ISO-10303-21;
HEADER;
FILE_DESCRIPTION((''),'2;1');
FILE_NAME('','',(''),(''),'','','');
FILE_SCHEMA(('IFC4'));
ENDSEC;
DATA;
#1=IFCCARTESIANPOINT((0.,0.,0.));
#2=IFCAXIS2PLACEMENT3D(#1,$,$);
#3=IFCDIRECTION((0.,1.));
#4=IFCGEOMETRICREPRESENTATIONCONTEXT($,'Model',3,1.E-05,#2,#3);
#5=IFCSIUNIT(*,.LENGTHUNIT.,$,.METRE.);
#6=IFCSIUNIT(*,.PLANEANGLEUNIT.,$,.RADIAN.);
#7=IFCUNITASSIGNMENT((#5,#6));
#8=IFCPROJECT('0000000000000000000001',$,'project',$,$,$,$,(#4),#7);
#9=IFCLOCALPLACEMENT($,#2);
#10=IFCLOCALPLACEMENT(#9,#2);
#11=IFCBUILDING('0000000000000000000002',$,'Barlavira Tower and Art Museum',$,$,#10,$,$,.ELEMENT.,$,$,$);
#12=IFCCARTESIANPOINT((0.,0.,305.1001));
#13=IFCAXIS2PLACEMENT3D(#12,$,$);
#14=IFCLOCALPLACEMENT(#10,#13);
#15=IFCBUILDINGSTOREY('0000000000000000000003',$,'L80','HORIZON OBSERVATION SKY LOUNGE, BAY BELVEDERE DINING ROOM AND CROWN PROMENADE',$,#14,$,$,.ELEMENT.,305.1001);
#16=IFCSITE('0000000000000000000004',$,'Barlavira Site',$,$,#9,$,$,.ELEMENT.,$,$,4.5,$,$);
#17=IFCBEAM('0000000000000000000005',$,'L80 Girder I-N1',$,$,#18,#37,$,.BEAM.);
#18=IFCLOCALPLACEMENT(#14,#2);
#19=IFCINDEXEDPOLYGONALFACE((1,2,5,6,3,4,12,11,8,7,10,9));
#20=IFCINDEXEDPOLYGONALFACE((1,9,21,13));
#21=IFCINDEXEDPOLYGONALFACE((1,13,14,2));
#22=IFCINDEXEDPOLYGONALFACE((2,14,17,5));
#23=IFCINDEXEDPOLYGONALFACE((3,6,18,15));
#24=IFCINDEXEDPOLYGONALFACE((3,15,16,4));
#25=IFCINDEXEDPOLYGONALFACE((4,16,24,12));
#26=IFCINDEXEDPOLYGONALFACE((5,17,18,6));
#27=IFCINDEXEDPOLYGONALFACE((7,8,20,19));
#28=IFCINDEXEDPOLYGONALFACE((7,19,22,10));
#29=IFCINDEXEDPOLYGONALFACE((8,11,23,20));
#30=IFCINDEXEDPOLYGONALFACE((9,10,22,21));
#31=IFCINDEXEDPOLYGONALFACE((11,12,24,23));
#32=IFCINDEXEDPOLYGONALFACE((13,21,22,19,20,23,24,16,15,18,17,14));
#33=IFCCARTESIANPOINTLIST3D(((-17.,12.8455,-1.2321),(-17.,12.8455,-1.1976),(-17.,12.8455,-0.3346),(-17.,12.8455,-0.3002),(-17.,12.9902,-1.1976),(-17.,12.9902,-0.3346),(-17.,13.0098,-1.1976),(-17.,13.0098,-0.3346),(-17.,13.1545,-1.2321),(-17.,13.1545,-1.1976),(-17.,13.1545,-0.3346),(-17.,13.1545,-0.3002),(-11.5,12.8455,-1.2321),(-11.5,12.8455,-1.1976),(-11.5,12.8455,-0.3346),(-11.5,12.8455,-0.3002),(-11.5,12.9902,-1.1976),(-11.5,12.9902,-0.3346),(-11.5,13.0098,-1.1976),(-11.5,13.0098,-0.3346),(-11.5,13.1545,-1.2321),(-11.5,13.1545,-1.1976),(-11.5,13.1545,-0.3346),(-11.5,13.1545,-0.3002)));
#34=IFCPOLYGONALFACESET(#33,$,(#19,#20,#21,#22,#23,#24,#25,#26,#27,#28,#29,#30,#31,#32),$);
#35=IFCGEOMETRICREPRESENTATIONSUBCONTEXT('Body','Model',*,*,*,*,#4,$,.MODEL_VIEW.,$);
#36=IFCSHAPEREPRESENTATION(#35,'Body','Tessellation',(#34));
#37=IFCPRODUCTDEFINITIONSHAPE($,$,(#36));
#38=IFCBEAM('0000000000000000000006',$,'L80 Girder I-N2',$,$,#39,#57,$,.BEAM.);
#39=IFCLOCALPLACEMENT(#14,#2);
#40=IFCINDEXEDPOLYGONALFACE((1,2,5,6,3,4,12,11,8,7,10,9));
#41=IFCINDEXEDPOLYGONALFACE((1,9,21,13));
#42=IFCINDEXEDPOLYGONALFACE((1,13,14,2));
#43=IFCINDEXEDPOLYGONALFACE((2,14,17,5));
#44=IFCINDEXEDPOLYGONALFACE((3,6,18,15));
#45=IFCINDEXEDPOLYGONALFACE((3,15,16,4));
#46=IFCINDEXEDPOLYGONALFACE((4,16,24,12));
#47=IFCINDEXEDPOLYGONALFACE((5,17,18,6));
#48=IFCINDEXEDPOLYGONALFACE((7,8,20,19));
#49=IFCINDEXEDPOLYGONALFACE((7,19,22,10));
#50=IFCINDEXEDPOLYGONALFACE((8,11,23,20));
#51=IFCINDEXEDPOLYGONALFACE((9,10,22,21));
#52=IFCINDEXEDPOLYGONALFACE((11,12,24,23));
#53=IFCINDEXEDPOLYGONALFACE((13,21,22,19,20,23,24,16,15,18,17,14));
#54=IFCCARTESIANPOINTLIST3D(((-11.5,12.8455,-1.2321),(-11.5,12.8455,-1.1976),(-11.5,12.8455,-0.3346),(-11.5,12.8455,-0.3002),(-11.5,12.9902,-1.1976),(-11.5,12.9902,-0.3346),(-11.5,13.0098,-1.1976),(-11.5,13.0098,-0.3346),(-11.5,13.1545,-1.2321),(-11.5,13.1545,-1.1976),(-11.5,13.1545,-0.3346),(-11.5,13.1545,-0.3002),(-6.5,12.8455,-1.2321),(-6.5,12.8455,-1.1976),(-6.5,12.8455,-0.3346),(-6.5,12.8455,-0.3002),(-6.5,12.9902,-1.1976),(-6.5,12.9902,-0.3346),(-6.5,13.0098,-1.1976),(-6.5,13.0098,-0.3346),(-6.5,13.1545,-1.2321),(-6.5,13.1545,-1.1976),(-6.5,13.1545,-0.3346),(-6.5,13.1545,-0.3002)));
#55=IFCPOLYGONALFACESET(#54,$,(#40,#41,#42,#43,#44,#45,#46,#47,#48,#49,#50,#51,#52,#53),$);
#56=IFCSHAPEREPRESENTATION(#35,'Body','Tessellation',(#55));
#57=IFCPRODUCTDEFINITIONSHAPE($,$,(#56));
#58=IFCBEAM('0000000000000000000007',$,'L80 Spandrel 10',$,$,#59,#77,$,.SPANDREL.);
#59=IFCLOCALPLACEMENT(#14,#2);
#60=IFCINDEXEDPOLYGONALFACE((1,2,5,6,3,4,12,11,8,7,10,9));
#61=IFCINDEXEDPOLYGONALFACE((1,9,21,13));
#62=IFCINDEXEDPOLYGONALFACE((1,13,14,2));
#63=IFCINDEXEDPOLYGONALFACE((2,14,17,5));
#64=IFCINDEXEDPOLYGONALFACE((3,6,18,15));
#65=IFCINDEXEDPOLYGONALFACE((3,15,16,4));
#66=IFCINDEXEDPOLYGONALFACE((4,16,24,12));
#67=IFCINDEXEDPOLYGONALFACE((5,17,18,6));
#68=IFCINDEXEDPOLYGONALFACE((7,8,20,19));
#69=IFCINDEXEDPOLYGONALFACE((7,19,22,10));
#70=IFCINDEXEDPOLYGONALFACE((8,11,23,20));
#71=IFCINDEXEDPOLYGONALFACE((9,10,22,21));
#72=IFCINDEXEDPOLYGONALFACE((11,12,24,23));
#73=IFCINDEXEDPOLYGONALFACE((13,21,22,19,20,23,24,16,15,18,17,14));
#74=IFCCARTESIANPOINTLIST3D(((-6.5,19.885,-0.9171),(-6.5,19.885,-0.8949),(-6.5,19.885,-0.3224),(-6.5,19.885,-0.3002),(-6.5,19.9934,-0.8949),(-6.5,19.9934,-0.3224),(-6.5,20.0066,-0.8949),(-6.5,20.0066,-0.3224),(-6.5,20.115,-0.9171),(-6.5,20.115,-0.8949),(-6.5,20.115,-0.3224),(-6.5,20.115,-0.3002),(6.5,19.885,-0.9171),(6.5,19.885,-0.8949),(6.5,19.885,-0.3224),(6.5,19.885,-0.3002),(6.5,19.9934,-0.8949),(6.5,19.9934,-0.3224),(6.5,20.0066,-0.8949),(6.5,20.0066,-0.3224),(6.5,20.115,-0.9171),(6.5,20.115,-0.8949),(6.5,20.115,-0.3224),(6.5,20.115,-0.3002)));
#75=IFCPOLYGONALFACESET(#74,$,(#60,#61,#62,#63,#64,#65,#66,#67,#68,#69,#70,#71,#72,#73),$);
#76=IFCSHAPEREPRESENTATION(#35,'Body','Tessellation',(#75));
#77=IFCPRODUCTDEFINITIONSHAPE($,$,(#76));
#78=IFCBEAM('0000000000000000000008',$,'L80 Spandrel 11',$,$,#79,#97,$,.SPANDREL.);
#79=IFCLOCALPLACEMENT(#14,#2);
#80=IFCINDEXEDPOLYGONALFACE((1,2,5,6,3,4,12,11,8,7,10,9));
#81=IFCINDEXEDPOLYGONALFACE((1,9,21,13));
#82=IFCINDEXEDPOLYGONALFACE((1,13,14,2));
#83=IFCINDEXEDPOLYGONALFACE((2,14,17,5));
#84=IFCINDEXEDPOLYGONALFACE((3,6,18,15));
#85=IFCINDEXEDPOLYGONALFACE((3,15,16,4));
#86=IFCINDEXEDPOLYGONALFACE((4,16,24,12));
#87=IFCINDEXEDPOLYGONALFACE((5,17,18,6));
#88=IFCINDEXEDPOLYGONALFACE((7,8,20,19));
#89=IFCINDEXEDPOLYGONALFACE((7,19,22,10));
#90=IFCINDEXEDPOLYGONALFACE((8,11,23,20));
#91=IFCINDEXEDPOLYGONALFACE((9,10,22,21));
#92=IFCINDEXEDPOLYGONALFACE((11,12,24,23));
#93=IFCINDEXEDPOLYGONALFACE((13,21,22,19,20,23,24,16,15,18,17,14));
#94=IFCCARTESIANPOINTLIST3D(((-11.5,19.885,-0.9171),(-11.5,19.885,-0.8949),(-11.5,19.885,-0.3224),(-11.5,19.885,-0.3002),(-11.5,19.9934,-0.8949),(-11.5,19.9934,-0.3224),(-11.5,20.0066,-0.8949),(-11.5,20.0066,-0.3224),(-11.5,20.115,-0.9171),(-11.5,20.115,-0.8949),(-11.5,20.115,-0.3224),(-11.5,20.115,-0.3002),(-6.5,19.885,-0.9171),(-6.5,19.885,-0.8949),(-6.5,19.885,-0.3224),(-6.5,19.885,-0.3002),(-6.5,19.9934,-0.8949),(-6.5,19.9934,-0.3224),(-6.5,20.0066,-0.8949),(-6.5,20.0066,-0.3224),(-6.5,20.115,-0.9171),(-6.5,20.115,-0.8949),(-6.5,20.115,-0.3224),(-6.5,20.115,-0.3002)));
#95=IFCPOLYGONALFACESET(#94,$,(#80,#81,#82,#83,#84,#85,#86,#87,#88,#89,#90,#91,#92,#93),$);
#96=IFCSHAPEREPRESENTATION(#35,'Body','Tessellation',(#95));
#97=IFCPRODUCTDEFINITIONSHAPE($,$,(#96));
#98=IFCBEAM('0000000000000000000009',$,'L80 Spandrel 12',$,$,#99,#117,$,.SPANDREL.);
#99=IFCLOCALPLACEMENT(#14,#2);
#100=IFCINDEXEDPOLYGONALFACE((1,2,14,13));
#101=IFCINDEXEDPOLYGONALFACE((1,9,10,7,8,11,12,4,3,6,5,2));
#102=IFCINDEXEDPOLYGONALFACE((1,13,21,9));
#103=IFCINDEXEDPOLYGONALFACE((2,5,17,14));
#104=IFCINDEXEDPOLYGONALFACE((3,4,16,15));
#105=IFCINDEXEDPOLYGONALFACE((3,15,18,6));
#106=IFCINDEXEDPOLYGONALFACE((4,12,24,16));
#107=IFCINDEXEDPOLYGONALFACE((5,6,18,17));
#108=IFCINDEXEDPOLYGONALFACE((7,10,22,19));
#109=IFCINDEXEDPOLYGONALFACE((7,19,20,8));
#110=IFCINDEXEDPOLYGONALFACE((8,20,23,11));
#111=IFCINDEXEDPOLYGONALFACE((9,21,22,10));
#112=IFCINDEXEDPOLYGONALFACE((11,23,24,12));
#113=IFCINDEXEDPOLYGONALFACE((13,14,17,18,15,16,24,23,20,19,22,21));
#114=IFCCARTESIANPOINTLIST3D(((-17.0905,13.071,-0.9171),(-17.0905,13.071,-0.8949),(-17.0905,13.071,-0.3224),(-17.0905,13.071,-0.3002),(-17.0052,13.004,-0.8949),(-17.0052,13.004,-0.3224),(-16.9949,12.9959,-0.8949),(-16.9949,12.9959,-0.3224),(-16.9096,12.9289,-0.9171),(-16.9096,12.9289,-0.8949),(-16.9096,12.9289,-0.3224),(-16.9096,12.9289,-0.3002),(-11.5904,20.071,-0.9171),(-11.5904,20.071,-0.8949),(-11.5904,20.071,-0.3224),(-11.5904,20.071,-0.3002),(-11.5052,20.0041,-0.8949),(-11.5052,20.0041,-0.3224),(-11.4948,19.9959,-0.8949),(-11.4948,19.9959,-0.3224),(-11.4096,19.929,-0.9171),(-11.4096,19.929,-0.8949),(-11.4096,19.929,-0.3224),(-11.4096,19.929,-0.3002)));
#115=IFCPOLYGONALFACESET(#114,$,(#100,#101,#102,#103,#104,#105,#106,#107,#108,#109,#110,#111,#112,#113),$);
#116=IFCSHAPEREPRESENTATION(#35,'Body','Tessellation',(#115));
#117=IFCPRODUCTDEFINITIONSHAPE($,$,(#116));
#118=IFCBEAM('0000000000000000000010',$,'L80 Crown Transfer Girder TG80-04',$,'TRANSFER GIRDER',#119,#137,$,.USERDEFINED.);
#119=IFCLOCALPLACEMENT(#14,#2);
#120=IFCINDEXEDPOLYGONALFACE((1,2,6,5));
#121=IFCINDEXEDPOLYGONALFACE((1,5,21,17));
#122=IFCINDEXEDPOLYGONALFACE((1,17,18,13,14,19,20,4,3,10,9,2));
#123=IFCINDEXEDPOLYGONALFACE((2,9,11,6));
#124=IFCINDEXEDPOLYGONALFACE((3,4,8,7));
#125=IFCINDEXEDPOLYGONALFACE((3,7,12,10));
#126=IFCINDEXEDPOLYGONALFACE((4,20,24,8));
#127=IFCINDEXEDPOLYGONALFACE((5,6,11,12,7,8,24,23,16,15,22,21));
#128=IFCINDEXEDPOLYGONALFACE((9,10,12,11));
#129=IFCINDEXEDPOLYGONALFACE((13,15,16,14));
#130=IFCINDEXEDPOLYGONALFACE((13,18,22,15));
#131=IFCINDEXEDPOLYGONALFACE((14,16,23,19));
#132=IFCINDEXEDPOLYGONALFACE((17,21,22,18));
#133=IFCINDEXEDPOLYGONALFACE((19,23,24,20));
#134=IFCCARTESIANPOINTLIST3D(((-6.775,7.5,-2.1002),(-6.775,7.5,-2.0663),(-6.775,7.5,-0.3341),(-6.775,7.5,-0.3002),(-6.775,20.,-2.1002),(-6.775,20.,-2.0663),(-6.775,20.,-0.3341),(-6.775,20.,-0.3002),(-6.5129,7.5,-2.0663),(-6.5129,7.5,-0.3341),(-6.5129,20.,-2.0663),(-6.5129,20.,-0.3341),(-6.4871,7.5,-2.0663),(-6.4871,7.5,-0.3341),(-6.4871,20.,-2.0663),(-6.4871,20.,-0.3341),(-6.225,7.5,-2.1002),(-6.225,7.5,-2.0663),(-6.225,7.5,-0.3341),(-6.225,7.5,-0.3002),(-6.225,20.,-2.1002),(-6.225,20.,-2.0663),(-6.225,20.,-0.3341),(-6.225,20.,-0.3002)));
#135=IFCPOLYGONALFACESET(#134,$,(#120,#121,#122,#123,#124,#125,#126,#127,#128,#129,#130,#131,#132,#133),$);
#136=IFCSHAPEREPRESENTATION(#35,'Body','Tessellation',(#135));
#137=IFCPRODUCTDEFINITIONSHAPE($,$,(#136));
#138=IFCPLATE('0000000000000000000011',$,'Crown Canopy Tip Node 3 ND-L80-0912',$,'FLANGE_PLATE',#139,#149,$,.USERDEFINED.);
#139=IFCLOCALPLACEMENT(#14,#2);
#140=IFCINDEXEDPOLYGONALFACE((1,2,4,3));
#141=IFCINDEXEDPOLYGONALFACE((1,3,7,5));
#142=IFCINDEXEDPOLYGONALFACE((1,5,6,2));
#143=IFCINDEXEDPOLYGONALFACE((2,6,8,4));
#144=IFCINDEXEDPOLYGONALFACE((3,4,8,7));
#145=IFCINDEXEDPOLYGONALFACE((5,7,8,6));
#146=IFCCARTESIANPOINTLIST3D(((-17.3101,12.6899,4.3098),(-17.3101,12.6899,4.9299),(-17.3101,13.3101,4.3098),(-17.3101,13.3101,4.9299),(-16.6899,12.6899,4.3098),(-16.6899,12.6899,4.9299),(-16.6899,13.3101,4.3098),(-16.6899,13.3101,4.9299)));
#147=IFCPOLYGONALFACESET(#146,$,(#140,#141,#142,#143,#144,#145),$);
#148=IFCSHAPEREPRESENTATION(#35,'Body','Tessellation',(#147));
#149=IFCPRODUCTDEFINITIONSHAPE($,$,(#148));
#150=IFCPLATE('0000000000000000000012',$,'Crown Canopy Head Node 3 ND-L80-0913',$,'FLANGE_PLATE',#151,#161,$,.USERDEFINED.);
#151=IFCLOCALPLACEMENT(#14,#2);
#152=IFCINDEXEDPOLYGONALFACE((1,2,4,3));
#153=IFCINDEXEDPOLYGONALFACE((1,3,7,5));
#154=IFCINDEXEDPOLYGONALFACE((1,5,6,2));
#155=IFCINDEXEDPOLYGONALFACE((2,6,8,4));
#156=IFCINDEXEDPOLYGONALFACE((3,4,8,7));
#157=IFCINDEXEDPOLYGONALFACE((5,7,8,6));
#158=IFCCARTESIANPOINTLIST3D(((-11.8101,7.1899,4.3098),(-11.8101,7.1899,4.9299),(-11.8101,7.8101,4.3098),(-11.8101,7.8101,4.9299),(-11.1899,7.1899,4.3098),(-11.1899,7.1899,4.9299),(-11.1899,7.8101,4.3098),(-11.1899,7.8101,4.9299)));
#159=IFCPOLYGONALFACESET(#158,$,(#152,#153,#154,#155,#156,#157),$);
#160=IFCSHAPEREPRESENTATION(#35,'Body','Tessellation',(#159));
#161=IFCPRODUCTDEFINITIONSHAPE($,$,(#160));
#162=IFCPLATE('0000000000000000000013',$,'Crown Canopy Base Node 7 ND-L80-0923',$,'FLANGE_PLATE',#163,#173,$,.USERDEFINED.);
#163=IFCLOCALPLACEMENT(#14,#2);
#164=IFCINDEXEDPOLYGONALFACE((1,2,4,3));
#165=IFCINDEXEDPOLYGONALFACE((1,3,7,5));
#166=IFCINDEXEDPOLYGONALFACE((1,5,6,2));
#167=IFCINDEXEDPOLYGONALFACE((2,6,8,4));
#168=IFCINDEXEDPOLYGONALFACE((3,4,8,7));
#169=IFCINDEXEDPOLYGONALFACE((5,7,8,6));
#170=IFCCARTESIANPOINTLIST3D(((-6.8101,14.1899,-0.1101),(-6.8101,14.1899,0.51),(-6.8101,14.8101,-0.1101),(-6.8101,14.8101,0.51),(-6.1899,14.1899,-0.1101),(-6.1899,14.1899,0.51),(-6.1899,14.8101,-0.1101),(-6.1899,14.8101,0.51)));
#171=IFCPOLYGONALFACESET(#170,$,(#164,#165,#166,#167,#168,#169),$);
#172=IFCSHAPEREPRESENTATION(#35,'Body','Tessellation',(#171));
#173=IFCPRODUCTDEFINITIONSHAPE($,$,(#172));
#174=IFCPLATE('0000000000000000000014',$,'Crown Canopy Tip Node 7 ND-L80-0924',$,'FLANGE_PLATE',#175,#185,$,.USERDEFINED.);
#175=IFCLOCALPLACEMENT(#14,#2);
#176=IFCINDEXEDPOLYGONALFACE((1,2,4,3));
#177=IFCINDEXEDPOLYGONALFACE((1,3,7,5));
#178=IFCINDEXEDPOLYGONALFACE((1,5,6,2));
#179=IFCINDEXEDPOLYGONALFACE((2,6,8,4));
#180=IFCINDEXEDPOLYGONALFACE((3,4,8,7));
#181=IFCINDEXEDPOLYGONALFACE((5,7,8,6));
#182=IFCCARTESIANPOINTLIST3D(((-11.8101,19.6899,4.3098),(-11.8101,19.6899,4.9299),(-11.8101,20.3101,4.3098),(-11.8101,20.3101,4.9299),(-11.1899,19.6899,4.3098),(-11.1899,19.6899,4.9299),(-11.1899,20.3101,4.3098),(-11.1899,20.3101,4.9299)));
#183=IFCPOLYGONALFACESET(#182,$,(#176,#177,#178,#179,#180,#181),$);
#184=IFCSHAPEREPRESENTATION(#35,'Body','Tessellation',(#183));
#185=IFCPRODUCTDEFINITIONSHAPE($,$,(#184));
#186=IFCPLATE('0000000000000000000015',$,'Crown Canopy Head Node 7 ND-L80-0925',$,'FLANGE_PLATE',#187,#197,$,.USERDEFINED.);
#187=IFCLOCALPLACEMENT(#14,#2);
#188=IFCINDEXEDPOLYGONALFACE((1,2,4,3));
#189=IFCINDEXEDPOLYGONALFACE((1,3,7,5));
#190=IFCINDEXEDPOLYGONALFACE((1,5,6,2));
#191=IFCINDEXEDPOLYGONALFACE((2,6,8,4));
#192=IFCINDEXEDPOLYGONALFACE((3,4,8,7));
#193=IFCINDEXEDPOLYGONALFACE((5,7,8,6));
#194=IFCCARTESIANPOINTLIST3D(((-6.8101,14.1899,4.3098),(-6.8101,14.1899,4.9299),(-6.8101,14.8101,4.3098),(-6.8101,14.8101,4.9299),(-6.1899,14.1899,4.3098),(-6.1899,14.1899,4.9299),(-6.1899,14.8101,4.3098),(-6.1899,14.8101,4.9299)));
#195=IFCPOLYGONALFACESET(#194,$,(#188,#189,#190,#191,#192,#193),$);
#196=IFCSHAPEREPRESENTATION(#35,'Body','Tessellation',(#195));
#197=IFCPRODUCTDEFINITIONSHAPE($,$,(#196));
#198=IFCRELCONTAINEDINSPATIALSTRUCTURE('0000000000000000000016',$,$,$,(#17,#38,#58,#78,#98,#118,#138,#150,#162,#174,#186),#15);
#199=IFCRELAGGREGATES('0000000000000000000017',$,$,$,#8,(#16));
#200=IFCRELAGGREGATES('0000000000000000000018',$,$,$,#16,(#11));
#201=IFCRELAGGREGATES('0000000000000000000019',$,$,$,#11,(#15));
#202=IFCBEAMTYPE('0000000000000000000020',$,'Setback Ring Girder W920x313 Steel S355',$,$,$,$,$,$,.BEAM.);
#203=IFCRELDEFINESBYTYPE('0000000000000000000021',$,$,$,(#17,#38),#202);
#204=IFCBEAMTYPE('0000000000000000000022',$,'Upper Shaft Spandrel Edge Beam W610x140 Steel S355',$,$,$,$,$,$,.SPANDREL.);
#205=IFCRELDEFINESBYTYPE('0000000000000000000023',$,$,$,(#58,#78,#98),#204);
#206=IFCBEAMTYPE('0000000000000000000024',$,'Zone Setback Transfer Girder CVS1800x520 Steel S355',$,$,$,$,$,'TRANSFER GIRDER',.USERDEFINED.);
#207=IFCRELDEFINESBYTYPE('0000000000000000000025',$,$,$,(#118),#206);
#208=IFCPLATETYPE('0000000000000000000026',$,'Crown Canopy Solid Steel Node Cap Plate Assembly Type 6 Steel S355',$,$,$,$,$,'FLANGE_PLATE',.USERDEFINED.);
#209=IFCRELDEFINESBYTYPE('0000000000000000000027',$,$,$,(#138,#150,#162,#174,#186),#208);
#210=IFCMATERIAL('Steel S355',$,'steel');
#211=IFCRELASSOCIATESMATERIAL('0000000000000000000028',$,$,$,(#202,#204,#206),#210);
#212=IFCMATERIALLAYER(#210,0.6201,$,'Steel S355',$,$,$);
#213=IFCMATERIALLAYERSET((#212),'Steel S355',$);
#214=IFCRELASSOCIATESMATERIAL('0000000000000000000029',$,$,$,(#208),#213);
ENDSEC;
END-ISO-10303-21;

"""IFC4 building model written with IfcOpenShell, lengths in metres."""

from ifc_helpers import new_model, si_unit, direction, frame, origin, origin_2d, place, context, subcontext, project, spatial, rectangle, i_section, extrude, material, layer, layer_set, material_profile, profile_set, type_object, element, save


model = new_model("IFC4")

# Units and contexts
model_context = context("Model", 3, precision=1e-05, world=origin(), true_north=direction((0.0, 1.0)))
body_context = subcontext(model_context, "Body", "Model", "MODEL_VIEW")
ifc_project = project(units=[si_unit("LENGTHUNIT", "METRE"), si_unit("PLANEANGLEUNIT", "RADIAN")], contexts=[model_context])

# Site, building, storey
site_placement = place(None, origin())
site = spatial("IfcSite", under=ifc_project, at=site_placement, Name="Barlavira Site", CompositionType="ELEMENT", RefElevation=4.5)
building_placement = place(site_placement, origin())
building = spatial("IfcBuilding", under=site, at=building_placement, Name="Barlavira Tower and Art Museum", CompositionType="ELEMENT")
storey_placement = place(building_placement, frame((0.0, 0.0, 305.1001)))
storey = spatial("IfcBuildingStorey", under=building, at=storey_placement, Name="L80", Description="HORIZON OBSERVATION SKY LOUNGE, BAY BELVEDERE DINING ROOM AND CROWN PROMENADE", CompositionType="ELEMENT", Elevation=305.1001)

# Shared definitions
ifc_material_1 = material(Name="Steel S355", Category="steel")

# Beams
ifc_material_profile_1 = material_profile(ifc_material_1, i_section(OverallWidth=0.3091, OverallDepth=0.9319, WebThickness=0.0195, FlangeThickness=0.0344, at=origin_2d()), Name="W920x313.0")
ifc_profile_set_1 = profile_set([ifc_material_profile_1], Name="Steel S355")
beam_type_1 = type_object("IfcBeamType", Name="Setback Ring Girder W920x313 Steel S355", PredefinedType="BEAM", material=ifc_profile_set_1)
beam_1_placement = place(storey_placement, frame((-17.0, 13.0, -0.7661), z_axis=(1.0, 0.0, 0.0), x_axis=(0.0, 1.0, 0.0)))
element("IfcBeam", 1, at=beam_1_placement, inside=storey, type_object=beam_type_1, Name="L80 Girder I-N1", PredefinedType="BEAM", context=body_context, shape_type="SweptSolid", body=[
    extrude(i_section(OverallWidth=0.3091, OverallDepth=0.9319, WebThickness=0.0195, FlangeThickness=0.0344, at=origin_2d()), origin(), (0.0, 0.0, 1.0), 5.5),
])
beam_2_placement = place(storey_placement, frame((-11.5, 13.0, -0.7661), z_axis=(1.0, 0.0, 0.0), x_axis=(0.0, 1.0, 0.0)))
element("IfcBeam", 2, at=beam_2_placement, inside=storey, type_object=beam_type_1, Name="L80 Girder I-N2", PredefinedType="BEAM", context=body_context, shape_type="SweptSolid", body=[
    extrude(i_section(OverallWidth=0.3091, OverallDepth=0.9319, WebThickness=0.0195, FlangeThickness=0.0344, at=origin_2d()), origin(), (0.0, 0.0, 1.0), 5.0),
])
ifc_material_profile_2 = material_profile(ifc_material_1, i_section(OverallWidth=0.23, OverallDepth=0.6169, WebThickness=0.0132, FlangeThickness=0.0222, at=origin_2d()), Name="W610x140.0")
ifc_profile_set_2 = profile_set([ifc_material_profile_2], Name="Steel S355")
beam_type_2 = type_object("IfcBeamType", Name="Upper Shaft Spandrel Edge Beam W610x140 Steel S355", PredefinedType="SPANDREL", material=ifc_profile_set_2)
beam_3_placement = place(storey_placement, frame((-6.5, 20.0, -0.6086), z_axis=(1.0, 0.0, 0.0), x_axis=(0.0, 1.0, 0.0)))
element("IfcBeam", 3, at=beam_3_placement, inside=storey, type_object=beam_type_2, Name="L80 Spandrel 10", PredefinedType="SPANDREL", context=body_context, shape_type="SweptSolid", body=[
    extrude(i_section(OverallWidth=0.23, OverallDepth=0.6169, WebThickness=0.0132, FlangeThickness=0.0222, at=origin_2d()), origin(), (0.0, 0.0, 1.0), 13.0),
])
beam_4_placement = place(storey_placement, frame((-11.5, 20.0, -0.6086), z_axis=(1.0, 0.0, 0.0), x_axis=(0.0, 1.0, 0.0)))
element("IfcBeam", 4, at=beam_4_placement, inside=storey, type_object=beam_type_2, Name="L80 Spandrel 11", PredefinedType="SPANDREL", context=body_context, shape_type="SweptSolid", body=[
    extrude(i_section(OverallWidth=0.23, OverallDepth=0.6169, WebThickness=0.0132, FlangeThickness=0.0222, at=origin_2d()), origin(), (0.0, 0.0, 1.0), 5.0),
])
beam_5_placement = place(storey_placement, frame((-11.5, 20.0, -0.6086), z_axis=(-0.617822, -0.786318, 0.0), x_axis=(0.786318, -0.617822, 0.0)))
element("IfcBeam", 5, at=beam_5_placement, inside=storey, type_object=beam_type_2, Name="L80 Spandrel 12", PredefinedType="SPANDREL", context=body_context, shape_type="SweptSolid", body=[
    extrude(i_section(OverallWidth=0.23, OverallDepth=0.6169, WebThickness=0.0132, FlangeThickness=0.0222, at=origin_2d()), origin(), (0.0, 0.0, 1.0), 8.9023),
])
ifc_material_profile_3 = material_profile(ifc_material_1, i_section(OverallWidth=0.55, OverallDepth=1.8, WebThickness=0.0259, FlangeThickness=0.0339, at=origin_2d()), Name="CVS1800x520")
ifc_profile_set_3 = profile_set([ifc_material_profile_3], Name="Steel S355")
beam_type_3 = type_object("IfcBeamType", Name="Zone Setback Transfer Girder CVS1800x520 Steel S355", ElementType="TRANSFER GIRDER", PredefinedType="USERDEFINED", material=ifc_profile_set_3)
beam_6_placement = place(storey_placement, frame((-6.5, 7.5, -1.2002), z_axis=(0.0, 1.0, 0.0), x_axis=(-1.0, 0.0, 0.0)))
element("IfcBeam", 6, at=beam_6_placement, inside=storey, type_object=beam_type_3, Name="L80 Crown Transfer Girder TG80-04", ObjectType="TRANSFER GIRDER", PredefinedType="USERDEFINED", context=body_context, shape_type="SweptSolid", body=[
    extrude(i_section(OverallWidth=0.55, OverallDepth=1.8, WebThickness=0.0259, FlangeThickness=0.0339, at=origin_2d()), origin(), (0.0, 0.0, 1.0), 12.5),
])

# Plates
ifc_layer_1 = layer(ifc_material_1, 0.6201, Name="Steel S355")
ifc_layer_set_1 = layer_set([ifc_layer_1], Name="Steel S355")
plate_type = type_object("IfcPlateType", Name="Crown Canopy Solid Steel Node Cap Plate Assembly Type 6 Steel S355", ElementType="FLANGE_PLATE", PredefinedType="USERDEFINED", material=ifc_layer_set_1)
for number, where, z_axis, x_axis, name in (
    (7, (-17.0, 13.0, 4.3098), (0.0, 0.0, 1.0), (1.0, 0.0, 0.0), "Crown Canopy Tip Node 3 ND-L80-0912"),
    (8, (-11.5, 7.5, 4.3098), (0.0, 0.0, 1.0), (1.0, 0.0, 0.0), "Crown Canopy Head Node 3 ND-L80-0913"),
    (9, (-6.5, 14.5, -0.1101), (0.0, 0.0, 1.0), (1.0, 0.0, 0.0), "Crown Canopy Base Node 7 ND-L80-0923"),
    (10, (-11.5, 20.0, 4.3098), (0.0, 0.0, 1.0), (1.0, 0.0, 0.0), "Crown Canopy Tip Node 7 ND-L80-0924"),
    (11, (-6.5, 14.5, 4.3098), (0.0, 0.0, 1.0), (1.0, 0.0, 0.0), "Crown Canopy Head Node 7 ND-L80-0925"),
):
    element("IfcPlate", number, at=place(storey_placement, frame(where, z_axis=z_axis, x_axis=x_axis)), inside=storey, type_object=plate_type, Name=name, ObjectType="FLANGE_PLATE", PredefinedType="USERDEFINED", context=body_context, shape_type="SweptSolid", body=[
        extrude(rectangle(XDim=0.6201, YDim=0.6201, at=origin_2d()), origin(), (0.0, 0.0, 1.0), 0.6201),
    ])

save(model, "model.ifc")
